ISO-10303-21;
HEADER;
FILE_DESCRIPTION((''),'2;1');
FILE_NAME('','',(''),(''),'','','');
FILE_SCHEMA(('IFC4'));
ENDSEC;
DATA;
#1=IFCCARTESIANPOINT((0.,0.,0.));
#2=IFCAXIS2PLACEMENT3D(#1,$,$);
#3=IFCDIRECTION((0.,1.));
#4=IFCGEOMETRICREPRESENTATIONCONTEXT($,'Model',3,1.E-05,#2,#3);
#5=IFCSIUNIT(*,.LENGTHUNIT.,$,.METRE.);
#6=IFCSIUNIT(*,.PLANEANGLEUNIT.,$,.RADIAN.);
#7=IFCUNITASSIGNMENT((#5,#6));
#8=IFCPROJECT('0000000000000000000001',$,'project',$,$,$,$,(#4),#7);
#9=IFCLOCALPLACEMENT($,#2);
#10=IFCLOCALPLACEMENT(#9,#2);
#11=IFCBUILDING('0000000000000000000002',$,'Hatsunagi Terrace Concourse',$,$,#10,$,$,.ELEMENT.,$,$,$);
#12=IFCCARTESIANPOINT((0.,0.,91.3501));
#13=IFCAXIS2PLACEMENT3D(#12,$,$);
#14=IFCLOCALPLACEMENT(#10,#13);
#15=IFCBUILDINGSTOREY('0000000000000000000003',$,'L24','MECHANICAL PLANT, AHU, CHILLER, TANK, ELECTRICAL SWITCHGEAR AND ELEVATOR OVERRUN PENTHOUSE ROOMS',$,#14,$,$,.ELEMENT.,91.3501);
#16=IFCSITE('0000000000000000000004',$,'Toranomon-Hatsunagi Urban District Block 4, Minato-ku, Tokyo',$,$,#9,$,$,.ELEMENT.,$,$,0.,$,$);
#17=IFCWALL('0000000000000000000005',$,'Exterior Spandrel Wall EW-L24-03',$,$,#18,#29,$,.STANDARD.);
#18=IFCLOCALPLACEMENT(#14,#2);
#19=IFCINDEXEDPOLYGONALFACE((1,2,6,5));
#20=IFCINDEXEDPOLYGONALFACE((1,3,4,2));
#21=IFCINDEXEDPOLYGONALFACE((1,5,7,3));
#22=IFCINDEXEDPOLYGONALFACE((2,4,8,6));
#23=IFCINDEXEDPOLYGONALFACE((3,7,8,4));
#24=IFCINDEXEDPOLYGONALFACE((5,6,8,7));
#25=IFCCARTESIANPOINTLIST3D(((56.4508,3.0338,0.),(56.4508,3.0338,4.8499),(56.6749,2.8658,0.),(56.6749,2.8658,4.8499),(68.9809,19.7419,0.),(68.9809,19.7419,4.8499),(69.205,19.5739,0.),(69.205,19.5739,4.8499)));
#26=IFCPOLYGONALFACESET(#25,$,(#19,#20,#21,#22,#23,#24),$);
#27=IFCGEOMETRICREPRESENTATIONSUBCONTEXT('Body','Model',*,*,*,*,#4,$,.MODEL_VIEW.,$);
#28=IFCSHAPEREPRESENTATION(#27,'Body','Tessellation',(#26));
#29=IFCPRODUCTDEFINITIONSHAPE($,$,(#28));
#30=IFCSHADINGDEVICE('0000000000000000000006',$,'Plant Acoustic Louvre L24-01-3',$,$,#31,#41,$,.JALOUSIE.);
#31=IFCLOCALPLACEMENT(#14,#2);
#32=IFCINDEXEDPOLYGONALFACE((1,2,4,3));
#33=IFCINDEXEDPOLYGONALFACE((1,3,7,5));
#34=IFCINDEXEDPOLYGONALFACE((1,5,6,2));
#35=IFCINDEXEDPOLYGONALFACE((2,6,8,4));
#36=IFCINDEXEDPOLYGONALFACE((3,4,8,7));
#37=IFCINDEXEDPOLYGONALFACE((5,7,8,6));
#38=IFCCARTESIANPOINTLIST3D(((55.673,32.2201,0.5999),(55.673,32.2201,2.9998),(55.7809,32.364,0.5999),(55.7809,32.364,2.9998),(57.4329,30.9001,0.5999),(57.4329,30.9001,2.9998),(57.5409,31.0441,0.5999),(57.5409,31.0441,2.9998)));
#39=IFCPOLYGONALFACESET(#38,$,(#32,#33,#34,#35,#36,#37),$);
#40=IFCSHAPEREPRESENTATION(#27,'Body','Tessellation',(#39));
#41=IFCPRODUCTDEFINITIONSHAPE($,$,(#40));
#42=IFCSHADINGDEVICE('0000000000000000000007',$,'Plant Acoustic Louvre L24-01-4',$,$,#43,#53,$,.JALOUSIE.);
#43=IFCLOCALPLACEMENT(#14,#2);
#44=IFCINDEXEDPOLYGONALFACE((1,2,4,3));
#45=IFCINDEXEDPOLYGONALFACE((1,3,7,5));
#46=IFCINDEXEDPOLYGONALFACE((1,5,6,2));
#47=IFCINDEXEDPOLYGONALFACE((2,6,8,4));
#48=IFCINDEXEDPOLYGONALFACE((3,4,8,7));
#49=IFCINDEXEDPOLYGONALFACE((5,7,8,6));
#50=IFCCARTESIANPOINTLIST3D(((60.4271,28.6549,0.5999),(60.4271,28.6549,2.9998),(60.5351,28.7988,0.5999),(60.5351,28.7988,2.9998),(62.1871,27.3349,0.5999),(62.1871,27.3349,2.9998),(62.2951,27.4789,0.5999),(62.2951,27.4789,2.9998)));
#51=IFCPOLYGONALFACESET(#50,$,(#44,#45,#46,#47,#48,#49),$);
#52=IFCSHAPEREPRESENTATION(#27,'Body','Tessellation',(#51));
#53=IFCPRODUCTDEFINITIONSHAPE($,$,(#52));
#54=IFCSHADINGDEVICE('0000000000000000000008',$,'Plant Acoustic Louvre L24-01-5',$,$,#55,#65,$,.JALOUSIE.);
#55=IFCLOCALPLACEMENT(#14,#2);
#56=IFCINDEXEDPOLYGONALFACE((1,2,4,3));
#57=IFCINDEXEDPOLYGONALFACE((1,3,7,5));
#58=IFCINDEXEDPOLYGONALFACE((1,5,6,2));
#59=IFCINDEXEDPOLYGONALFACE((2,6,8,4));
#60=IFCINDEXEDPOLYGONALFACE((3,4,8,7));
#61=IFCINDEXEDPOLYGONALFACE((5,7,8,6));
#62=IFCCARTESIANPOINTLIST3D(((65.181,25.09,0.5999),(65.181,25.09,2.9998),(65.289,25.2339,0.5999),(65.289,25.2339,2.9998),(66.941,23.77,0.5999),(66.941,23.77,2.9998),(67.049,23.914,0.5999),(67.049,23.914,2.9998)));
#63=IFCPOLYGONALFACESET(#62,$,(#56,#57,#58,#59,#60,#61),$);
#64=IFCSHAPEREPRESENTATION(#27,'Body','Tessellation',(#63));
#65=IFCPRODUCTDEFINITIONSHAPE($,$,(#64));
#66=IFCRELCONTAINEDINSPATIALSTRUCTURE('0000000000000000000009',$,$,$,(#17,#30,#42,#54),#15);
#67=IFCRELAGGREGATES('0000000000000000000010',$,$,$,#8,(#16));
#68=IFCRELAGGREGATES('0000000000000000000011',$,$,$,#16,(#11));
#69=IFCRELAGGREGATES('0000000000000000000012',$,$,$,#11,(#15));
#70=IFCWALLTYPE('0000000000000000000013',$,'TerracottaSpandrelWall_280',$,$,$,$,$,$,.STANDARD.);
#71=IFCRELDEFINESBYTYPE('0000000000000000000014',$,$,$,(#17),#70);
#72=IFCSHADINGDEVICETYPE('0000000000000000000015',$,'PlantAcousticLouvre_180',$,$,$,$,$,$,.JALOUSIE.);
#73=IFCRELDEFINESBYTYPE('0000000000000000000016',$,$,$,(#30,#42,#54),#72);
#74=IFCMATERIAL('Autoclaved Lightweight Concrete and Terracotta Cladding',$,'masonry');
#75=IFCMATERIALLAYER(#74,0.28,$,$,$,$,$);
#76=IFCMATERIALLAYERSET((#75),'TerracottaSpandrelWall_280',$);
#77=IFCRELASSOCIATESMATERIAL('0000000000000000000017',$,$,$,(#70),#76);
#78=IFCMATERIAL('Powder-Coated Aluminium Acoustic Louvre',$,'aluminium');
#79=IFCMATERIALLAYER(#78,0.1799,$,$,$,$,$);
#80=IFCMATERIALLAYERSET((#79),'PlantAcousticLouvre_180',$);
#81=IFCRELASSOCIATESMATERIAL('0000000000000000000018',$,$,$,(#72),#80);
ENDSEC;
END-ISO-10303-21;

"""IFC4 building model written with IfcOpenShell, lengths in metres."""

from ifc_helpers import new_model, si_unit, direction, frame, frame_2d, origin, origin_2d, place, context, subcontext, project, spatial, rectangle, extrude, material, layer, layer_set, type_object, element, save


model = new_model("IFC4")

# Units and contexts
model_context = context("Model", 3, precision=1e-05, world=origin(), true_north=direction((0.0, 1.0)))
body_context = subcontext(model_context, "Body", "Model", "MODEL_VIEW")
ifc_project = project(units=[si_unit("LENGTHUNIT", "METRE"), si_unit("PLANEANGLEUNIT", "RADIAN")], contexts=[model_context])

# Site, building, storey
site_placement = place(None, origin())
site = spatial("IfcSite", under=ifc_project, at=site_placement, Name="Toranomon-Hatsunagi Urban District Block 4, Minato-ku, Tokyo", CompositionType="ELEMENT", RefElevation=0.0)
building_placement = place(site_placement, origin())
building = spatial("IfcBuilding", under=site, at=building_placement, Name="Hatsunagi Terrace Concourse", CompositionType="ELEMENT")
storey_placement = place(building_placement, frame((0.0, 0.0, 91.3501)))
storey = spatial("IfcBuildingStorey", under=building, at=storey_placement, Name="L24", Description="MECHANICAL PLANT, AHU, CHILLER, TANK, ELECTRICAL SWITCHGEAR AND ELEVATOR OVERRUN PENTHOUSE ROOMS", CompositionType="ELEMENT", Elevation=91.3501)

# Wall
ifc_material_1 = material(Name="Autoclaved Lightweight Concrete and Terracotta Cladding", Category="masonry")
ifc_layer_1 = layer(ifc_material_1, 0.28)
ifc_layer_set_1 = layer_set([ifc_layer_1], Name="TerracottaSpandrelWall_280")
wall_type_1 = type_object("IfcWallType", Name="TerracottaSpandrelWall_280", PredefinedType="STANDARD", material=ifc_layer_set_1)
wall_1_placement = place(storey_placement, frame((69.093, 19.658, 0.0), z_axis=(0.0, 0.0, 1.0), x_axis=(-0.59997, -0.800022, 0.0)))
element("IfcWall", 1, at=wall_1_placement, inside=storey, type_object=wall_type_1, Name="Exterior Spandrel Wall EW-L24-03", PredefinedType="STANDARD", context=body_context, shape_type="SweptSolid", body=[
    extrude(rectangle(XDim=20.8845, YDim=0.28, at=frame_2d((10.4424, 0.0))), origin(), (0.0, 0.0, 1.0), 4.8499),
])

# Shading devices
ifc_material_2 = material(Name="Powder-Coated Aluminium Acoustic Louvre", Category="aluminium")
ifc_layer_2 = layer(ifc_material_2, 0.1799)
ifc_layer_set_2 = layer_set([ifc_layer_2], Name="PlantAcousticLouvre_180")
shading_device_type = type_object("IfcShadingDeviceType", Name="PlantAcousticLouvre_180", PredefinedType="JALOUSIE", material=ifc_layer_set_2)
for number, where, z_axis, x_axis, name in (
    (2, (56.6069, 31.6321, 0.5999), (0.0, 0.0, 1.0), (0.800008, -0.599989, 0.0), "Plant Acoustic Louvre L24-01-3"),
    (3, (61.3611, 28.0669, 0.5999), (0.0, 0.0, 1.0), (0.800008, -0.599989, 0.0), "Plant Acoustic Louvre L24-01-4"),
    (4, (66.115, 24.502, 0.5999), (0.0, 0.0, 1.0), (0.800008, -0.599989, 0.0), "Plant Acoustic Louvre L24-01-5"),
):
    element("IfcShadingDevice", number, at=place(storey_placement, frame(where, z_axis=z_axis, x_axis=x_axis)), inside=storey, type_object=shading_device_type, Name=name, PredefinedType="JALOUSIE", context=body_context, shape_type="SweptSolid", body=[
        extrude(rectangle(XDim=2.2, YDim=0.1799, at=origin_2d()), origin(), (0.0, 0.0, 1.0), 2.3999),
    ])

save(model, "model.ifc")
